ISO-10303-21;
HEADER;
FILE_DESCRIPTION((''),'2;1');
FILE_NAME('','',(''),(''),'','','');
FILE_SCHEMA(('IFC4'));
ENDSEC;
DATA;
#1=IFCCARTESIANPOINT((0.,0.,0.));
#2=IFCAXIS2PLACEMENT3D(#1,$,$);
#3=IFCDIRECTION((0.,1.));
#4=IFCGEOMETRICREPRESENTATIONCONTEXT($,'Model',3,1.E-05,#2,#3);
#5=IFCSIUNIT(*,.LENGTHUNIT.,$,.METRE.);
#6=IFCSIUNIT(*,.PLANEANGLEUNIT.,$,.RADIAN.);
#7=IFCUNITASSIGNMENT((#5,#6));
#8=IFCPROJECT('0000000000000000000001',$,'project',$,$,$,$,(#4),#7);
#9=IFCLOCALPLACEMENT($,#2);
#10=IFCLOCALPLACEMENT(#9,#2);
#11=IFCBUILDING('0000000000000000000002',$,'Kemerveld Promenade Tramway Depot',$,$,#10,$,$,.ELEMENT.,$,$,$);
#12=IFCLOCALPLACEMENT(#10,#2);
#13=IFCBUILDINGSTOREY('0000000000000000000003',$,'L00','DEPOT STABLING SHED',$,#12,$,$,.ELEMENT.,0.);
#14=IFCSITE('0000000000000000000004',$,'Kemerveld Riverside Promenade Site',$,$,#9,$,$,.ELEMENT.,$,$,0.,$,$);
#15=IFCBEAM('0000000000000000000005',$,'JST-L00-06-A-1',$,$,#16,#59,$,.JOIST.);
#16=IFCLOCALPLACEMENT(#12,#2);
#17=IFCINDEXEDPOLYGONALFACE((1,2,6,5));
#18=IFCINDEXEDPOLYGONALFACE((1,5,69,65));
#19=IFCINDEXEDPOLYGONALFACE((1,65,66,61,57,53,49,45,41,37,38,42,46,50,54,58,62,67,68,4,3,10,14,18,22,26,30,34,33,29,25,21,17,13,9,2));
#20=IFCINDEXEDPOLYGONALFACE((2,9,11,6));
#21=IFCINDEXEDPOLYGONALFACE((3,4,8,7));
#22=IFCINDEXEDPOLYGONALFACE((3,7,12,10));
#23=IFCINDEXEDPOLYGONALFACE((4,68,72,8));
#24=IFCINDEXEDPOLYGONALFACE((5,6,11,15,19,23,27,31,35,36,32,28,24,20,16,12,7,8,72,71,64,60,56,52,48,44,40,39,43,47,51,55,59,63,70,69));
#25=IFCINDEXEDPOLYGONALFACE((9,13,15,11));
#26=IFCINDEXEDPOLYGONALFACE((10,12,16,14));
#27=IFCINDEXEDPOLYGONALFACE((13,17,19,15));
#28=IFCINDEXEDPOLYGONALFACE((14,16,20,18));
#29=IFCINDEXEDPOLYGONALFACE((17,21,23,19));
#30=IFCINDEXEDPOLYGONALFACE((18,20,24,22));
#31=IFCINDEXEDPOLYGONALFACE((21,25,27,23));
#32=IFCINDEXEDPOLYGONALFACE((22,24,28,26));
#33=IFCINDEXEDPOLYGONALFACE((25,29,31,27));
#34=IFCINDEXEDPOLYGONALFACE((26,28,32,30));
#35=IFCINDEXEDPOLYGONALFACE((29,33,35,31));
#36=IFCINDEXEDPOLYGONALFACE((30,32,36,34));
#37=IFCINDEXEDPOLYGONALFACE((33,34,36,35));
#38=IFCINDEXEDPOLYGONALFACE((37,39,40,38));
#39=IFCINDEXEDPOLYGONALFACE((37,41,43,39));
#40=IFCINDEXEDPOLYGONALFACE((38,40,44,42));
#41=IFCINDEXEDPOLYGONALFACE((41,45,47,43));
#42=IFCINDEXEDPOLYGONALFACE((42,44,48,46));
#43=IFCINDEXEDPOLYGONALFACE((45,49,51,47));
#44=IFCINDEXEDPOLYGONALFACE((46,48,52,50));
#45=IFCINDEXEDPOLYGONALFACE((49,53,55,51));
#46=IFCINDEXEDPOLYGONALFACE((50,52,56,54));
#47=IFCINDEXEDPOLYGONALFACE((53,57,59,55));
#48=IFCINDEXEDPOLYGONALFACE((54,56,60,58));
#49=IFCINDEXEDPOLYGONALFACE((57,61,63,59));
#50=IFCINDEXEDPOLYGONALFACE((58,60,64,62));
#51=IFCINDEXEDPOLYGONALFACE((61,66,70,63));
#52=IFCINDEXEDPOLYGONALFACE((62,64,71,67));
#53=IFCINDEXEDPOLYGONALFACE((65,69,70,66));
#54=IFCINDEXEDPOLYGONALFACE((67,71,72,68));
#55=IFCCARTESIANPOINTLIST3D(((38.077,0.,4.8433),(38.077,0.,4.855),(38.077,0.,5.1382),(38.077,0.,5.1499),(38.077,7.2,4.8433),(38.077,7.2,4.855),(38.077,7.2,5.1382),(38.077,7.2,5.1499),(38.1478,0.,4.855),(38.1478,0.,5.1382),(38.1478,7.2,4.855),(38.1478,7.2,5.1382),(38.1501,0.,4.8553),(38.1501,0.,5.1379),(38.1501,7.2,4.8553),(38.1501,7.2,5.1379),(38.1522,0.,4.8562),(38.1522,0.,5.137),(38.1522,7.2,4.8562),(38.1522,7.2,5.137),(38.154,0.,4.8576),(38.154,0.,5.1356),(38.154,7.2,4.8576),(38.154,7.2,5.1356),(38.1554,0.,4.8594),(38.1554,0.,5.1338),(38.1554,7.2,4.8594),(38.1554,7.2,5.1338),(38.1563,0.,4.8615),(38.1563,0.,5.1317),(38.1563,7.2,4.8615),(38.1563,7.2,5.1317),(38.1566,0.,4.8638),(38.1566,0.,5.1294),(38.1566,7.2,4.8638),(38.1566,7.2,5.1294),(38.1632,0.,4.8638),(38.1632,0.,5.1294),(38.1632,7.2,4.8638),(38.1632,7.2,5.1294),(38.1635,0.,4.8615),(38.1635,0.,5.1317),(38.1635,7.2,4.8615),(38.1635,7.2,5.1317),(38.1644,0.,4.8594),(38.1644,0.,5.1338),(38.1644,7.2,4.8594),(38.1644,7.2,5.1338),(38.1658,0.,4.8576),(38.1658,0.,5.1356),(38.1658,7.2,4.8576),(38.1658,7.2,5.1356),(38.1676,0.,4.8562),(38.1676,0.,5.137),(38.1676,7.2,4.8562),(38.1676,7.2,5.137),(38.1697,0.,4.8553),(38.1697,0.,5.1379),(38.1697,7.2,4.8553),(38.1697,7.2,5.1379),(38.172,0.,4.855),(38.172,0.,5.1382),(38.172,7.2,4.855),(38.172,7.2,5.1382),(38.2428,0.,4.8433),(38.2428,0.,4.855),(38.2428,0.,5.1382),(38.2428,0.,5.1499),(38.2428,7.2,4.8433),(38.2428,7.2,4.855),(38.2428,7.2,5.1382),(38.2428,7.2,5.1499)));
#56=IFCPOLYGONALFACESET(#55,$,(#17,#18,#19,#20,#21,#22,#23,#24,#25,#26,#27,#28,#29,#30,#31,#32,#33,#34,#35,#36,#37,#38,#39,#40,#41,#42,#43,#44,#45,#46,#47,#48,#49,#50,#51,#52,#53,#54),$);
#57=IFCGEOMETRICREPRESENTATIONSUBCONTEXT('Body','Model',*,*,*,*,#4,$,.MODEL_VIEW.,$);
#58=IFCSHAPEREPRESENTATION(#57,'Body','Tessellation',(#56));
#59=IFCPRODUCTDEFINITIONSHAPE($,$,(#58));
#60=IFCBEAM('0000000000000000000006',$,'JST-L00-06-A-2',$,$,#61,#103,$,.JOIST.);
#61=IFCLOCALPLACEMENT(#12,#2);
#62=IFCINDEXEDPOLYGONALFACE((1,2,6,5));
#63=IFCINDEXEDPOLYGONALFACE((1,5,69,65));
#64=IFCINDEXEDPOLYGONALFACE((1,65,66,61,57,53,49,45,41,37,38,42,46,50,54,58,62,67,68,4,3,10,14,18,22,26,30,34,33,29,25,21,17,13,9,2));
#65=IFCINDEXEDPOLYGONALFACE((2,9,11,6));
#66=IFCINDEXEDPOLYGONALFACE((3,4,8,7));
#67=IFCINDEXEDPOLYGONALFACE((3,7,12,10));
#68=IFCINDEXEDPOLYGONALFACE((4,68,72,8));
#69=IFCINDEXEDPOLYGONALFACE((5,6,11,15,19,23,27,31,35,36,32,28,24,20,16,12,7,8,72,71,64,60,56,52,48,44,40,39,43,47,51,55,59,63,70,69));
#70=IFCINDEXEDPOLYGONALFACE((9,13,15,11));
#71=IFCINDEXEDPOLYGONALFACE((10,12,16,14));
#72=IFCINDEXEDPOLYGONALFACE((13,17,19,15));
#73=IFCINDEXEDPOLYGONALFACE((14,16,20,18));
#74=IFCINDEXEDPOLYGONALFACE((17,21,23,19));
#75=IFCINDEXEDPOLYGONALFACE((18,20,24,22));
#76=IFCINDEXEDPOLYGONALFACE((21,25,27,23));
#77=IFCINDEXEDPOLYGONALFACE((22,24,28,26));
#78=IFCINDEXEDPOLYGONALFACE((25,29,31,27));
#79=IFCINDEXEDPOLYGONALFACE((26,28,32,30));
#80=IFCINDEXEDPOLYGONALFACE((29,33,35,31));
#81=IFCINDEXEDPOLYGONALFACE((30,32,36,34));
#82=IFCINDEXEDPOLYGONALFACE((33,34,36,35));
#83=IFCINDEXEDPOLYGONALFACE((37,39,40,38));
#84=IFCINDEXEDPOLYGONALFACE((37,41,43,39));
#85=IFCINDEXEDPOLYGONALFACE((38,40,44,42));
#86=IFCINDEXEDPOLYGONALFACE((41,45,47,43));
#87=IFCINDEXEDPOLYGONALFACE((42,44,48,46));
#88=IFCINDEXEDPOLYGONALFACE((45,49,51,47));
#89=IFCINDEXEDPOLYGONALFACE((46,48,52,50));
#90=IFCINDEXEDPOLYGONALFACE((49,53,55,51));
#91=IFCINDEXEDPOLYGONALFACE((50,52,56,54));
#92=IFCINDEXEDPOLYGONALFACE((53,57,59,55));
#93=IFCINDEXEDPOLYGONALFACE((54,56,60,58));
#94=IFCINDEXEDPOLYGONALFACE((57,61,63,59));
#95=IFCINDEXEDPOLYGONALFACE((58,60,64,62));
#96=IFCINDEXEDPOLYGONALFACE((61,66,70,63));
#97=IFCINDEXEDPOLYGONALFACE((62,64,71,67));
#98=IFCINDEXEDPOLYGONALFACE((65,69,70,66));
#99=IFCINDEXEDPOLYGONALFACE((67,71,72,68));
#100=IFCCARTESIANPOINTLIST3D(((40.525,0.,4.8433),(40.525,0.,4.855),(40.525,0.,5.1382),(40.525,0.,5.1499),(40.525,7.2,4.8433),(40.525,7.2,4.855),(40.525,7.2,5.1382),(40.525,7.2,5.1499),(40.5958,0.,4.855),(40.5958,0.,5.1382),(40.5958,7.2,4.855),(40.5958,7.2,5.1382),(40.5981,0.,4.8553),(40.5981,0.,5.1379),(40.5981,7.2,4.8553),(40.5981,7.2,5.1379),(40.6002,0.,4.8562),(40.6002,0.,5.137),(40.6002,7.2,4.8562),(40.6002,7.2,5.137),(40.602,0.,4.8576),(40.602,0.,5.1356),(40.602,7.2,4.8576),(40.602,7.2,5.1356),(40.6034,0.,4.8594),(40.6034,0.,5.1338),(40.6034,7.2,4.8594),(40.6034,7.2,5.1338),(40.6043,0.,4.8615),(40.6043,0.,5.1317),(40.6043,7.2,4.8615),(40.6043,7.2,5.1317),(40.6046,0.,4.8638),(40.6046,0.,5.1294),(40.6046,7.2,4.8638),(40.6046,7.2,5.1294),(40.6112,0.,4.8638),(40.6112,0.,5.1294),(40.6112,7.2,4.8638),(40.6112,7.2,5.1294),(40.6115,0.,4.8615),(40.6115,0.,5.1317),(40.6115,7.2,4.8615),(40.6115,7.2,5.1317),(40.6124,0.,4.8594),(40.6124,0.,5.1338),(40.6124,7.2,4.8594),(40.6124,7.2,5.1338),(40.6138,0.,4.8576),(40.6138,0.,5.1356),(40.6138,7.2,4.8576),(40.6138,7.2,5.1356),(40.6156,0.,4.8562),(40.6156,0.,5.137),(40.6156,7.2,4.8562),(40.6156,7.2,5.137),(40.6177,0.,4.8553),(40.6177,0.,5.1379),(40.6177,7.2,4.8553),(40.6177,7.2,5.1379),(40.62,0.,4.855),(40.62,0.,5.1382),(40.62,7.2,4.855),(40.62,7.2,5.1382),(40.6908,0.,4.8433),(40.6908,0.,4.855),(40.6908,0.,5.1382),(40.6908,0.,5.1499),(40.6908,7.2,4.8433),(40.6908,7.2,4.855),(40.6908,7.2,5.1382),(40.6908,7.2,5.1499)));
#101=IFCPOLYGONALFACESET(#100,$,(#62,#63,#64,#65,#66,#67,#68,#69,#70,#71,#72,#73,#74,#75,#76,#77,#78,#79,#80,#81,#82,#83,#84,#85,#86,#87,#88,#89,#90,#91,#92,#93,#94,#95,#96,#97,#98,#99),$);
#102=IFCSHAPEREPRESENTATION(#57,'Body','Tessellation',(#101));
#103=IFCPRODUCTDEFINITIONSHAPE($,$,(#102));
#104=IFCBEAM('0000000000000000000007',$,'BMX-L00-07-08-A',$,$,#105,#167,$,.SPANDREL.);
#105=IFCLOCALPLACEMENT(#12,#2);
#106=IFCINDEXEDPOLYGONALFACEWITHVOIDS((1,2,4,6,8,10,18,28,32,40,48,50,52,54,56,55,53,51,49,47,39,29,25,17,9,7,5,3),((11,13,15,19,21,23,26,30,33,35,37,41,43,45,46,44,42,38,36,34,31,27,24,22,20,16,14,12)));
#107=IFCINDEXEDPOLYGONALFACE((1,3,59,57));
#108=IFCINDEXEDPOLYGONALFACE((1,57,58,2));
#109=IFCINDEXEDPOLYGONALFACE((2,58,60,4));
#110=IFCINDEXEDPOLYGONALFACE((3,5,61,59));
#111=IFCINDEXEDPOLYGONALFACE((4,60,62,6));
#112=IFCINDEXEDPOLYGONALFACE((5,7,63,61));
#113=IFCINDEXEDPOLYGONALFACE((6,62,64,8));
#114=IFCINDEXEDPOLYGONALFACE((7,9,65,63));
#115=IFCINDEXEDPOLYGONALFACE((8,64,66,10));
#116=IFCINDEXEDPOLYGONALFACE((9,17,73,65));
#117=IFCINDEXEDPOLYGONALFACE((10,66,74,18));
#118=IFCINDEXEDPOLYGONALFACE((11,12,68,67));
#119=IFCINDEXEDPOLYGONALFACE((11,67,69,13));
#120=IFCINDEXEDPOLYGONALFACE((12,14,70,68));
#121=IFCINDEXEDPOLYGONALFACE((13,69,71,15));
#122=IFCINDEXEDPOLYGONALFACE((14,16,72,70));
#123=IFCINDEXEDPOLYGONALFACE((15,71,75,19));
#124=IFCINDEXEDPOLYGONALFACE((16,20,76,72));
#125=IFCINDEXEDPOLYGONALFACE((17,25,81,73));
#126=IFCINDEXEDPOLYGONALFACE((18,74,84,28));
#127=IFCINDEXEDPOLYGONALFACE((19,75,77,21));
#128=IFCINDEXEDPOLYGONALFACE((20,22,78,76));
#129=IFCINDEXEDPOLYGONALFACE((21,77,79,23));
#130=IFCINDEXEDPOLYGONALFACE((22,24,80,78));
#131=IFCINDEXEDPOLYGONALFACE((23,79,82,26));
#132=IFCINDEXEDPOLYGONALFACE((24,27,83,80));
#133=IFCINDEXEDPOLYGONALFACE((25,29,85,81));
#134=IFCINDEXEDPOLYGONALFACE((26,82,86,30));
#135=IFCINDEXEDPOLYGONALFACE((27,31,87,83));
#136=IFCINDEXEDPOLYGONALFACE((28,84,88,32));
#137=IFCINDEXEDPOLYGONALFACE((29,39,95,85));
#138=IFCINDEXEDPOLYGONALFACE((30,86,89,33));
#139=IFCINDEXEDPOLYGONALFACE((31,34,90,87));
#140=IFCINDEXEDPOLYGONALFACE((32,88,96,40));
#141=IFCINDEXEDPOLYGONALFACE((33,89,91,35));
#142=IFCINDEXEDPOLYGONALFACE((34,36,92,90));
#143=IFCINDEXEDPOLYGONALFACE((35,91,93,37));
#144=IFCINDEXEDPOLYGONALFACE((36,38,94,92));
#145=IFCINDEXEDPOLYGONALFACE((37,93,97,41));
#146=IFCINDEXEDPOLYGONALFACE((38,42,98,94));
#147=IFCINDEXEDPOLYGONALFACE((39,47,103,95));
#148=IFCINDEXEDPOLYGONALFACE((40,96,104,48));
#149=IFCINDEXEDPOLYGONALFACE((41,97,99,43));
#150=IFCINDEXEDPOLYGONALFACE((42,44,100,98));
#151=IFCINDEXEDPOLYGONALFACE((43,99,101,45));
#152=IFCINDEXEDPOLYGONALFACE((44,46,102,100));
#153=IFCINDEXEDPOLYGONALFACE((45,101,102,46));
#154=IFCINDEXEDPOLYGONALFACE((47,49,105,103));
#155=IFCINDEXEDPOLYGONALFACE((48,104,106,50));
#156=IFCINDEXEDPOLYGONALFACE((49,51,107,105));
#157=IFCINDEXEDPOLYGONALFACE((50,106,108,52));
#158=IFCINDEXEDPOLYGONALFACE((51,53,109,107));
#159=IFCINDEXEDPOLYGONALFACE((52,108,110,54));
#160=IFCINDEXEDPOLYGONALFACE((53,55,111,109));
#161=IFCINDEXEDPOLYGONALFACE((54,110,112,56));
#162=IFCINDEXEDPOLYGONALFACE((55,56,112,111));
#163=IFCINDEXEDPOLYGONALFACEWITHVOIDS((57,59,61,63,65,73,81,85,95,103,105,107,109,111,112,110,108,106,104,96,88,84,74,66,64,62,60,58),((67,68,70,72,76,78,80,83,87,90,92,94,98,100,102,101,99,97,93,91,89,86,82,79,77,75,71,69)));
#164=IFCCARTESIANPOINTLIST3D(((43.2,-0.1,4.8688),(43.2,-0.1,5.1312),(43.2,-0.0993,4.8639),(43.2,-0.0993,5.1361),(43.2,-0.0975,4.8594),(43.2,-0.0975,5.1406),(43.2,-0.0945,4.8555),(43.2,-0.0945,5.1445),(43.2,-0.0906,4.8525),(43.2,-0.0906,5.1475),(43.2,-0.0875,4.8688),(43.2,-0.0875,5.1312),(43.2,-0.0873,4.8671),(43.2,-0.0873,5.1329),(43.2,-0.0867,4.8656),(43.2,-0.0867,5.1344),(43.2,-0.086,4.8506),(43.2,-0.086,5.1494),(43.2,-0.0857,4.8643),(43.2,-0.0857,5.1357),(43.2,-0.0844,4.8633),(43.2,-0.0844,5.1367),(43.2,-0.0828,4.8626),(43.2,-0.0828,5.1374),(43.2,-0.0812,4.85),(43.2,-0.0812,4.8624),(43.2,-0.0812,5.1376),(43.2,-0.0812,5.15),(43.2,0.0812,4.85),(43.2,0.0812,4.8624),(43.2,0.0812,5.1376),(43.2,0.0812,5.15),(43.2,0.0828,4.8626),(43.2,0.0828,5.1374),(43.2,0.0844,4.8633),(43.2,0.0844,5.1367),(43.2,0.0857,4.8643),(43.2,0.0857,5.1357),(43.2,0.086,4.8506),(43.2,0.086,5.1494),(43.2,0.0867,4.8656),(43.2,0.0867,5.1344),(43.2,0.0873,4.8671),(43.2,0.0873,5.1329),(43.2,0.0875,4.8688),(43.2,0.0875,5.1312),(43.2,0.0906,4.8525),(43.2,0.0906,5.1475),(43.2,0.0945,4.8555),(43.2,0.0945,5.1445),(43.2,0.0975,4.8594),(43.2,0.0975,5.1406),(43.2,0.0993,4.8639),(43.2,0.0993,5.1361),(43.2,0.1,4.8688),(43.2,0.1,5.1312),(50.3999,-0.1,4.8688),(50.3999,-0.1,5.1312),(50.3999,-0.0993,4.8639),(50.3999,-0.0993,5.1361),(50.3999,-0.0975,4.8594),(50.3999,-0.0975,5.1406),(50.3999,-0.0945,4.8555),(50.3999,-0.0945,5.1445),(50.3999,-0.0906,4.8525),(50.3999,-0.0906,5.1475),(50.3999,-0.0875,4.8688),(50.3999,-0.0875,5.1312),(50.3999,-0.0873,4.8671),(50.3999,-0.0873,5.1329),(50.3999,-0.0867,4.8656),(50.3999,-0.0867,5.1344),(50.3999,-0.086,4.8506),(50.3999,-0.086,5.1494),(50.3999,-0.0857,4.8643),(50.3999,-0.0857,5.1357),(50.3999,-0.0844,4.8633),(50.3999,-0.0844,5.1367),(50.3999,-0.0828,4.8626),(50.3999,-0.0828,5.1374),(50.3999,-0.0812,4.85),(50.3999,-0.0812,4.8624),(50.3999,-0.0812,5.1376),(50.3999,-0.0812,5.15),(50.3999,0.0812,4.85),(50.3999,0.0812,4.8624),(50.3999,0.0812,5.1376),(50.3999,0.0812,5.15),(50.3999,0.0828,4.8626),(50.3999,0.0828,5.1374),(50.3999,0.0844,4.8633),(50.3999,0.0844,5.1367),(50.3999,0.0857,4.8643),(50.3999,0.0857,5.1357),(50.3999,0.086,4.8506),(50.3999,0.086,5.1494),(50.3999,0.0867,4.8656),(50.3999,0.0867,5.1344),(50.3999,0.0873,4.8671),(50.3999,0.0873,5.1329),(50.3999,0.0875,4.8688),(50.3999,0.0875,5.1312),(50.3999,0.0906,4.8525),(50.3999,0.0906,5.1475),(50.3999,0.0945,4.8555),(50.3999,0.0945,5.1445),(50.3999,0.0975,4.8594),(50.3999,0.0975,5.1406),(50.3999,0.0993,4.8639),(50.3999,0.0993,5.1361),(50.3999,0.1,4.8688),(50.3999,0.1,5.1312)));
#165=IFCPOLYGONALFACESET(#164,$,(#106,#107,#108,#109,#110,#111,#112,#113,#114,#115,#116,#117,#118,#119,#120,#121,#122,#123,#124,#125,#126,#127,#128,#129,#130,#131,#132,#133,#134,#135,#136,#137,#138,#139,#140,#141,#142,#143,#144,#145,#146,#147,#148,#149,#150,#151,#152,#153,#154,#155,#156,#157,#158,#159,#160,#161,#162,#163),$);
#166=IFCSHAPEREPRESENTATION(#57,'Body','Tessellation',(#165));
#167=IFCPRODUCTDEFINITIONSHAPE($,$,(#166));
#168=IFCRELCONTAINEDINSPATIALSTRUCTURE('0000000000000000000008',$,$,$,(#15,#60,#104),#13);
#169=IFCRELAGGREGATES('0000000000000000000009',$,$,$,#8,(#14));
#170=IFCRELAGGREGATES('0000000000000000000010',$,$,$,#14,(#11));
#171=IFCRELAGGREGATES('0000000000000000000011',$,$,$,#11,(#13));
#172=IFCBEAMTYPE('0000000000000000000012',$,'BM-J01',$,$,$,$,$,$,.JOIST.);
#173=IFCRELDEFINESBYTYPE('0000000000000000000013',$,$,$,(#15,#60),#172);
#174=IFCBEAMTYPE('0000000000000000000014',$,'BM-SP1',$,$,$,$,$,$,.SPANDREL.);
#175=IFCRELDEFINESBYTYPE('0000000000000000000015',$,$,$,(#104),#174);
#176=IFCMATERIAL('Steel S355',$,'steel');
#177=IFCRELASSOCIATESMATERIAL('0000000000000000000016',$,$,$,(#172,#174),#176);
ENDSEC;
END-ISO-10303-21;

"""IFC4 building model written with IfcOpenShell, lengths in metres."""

from ifc_helpers import new_model, si_unit, direction, frame, origin, origin_2d, place, context, subcontext, project, spatial, hollow_rectangle, i_section, extrude, material, material_profile, profile_set, type_object, element, save


model = new_model("IFC4")

# Units and contexts
model_context = context("Model", 3, precision=1e-05, world=origin(), true_north=direction((0.0, 1.0)))
body_context = subcontext(model_context, "Body", "Model", "MODEL_VIEW")
ifc_project = project(units=[si_unit("LENGTHUNIT", "METRE"), si_unit("PLANEANGLEUNIT", "RADIAN")], contexts=[model_context])

# Site, building, storey
site_placement = place(None, origin())
site = spatial("IfcSite", under=ifc_project, at=site_placement, Name="Kemerveld Riverside Promenade Site", CompositionType="ELEMENT", RefElevation=0.0)
building_placement = place(site_placement, origin())
building = spatial("IfcBuilding", under=site, at=building_placement, Name="Kemerveld Promenade Tramway Depot", CompositionType="ELEMENT")
storey_placement = place(building_placement, origin())
storey = spatial("IfcBuildingStorey", under=building, at=storey_placement, Name="L00", Description="DEPOT STABLING SHED", CompositionType="ELEMENT", Elevation=0.0)

# Shared definitions
ifc_material_1 = material(Name="Steel S355", Category="steel")

# Beams
ifc_material_profile_1 = material_profile(ifc_material_1, i_section(OverallWidth=0.1658, OverallDepth=0.3066, WebThickness=0.0066, FlangeThickness=0.0117, FilletRadius=0.0088, at=origin_2d()), Name="305x165x46 UB")
ifc_profile_set_1 = profile_set([ifc_material_profile_1], Name="Steel S355")
beam_type_1 = type_object("IfcBeamType", Name="BM-J01", PredefinedType="JOIST", material=ifc_profile_set_1)
for number, where, z_axis, x_axis, name in (
    (1, (38.1599, 0.0, 4.9966), (0.0, 1.0, 0.0), (-1.0, 0.0, 0.0), "JST-L00-06-A-1"),
    (2, (40.6079, 0.0, 4.9966), (0.0, 1.0, 0.0), (-1.0, 0.0, 0.0), "JST-L00-06-A-2"),
):
    element("IfcBeam", number, at=place(storey_placement, frame(where, z_axis=z_axis, x_axis=x_axis)), inside=storey, type_object=beam_type_1, Name=name, PredefinedType="JOIST", context=body_context, shape_type="SweptSolid", body=[
        extrude(i_section(OverallWidth=0.1658, OverallDepth=0.3066, WebThickness=0.0066, FlangeThickness=0.0117, FilletRadius=0.0088, at=origin_2d()), origin(), (0.0, 0.0, 1.0), 7.2),
    ])
ifc_material_profile_2 = material_profile(ifc_material_1, hollow_rectangle(XDim=0.2, YDim=0.3, WallThickness=0.0125, InnerFilletRadius=0.0063, OuterFilletRadius=0.0188, at=origin_2d()), Name="300x200x12.5 RHS")
ifc_profile_set_2 = profile_set([ifc_material_profile_2], Name="Steel S355")
beam_type_2 = type_object("IfcBeamType", Name="BM-SP1", PredefinedType="SPANDREL", material=ifc_profile_set_2)
beam_1_placement = place(storey_placement, frame((43.2, 0.0, 5.0), z_axis=(1.0, 0.0, 0.0), x_axis=(0.0, 1.0, 0.0)))
element("IfcBeam", 3, at=beam_1_placement, inside=storey, type_object=beam_type_2, Name="BMX-L00-07-08-A", PredefinedType="SPANDREL", context=body_context, shape_type="SweptSolid", body=[
    extrude(hollow_rectangle(XDim=0.2, YDim=0.3, WallThickness=0.0125, InnerFilletRadius=0.0063, OuterFilletRadius=0.0188, at=origin_2d()), origin(), (0.0, 0.0, 1.0), 7.2),
])

save(model, "model.ifc")
